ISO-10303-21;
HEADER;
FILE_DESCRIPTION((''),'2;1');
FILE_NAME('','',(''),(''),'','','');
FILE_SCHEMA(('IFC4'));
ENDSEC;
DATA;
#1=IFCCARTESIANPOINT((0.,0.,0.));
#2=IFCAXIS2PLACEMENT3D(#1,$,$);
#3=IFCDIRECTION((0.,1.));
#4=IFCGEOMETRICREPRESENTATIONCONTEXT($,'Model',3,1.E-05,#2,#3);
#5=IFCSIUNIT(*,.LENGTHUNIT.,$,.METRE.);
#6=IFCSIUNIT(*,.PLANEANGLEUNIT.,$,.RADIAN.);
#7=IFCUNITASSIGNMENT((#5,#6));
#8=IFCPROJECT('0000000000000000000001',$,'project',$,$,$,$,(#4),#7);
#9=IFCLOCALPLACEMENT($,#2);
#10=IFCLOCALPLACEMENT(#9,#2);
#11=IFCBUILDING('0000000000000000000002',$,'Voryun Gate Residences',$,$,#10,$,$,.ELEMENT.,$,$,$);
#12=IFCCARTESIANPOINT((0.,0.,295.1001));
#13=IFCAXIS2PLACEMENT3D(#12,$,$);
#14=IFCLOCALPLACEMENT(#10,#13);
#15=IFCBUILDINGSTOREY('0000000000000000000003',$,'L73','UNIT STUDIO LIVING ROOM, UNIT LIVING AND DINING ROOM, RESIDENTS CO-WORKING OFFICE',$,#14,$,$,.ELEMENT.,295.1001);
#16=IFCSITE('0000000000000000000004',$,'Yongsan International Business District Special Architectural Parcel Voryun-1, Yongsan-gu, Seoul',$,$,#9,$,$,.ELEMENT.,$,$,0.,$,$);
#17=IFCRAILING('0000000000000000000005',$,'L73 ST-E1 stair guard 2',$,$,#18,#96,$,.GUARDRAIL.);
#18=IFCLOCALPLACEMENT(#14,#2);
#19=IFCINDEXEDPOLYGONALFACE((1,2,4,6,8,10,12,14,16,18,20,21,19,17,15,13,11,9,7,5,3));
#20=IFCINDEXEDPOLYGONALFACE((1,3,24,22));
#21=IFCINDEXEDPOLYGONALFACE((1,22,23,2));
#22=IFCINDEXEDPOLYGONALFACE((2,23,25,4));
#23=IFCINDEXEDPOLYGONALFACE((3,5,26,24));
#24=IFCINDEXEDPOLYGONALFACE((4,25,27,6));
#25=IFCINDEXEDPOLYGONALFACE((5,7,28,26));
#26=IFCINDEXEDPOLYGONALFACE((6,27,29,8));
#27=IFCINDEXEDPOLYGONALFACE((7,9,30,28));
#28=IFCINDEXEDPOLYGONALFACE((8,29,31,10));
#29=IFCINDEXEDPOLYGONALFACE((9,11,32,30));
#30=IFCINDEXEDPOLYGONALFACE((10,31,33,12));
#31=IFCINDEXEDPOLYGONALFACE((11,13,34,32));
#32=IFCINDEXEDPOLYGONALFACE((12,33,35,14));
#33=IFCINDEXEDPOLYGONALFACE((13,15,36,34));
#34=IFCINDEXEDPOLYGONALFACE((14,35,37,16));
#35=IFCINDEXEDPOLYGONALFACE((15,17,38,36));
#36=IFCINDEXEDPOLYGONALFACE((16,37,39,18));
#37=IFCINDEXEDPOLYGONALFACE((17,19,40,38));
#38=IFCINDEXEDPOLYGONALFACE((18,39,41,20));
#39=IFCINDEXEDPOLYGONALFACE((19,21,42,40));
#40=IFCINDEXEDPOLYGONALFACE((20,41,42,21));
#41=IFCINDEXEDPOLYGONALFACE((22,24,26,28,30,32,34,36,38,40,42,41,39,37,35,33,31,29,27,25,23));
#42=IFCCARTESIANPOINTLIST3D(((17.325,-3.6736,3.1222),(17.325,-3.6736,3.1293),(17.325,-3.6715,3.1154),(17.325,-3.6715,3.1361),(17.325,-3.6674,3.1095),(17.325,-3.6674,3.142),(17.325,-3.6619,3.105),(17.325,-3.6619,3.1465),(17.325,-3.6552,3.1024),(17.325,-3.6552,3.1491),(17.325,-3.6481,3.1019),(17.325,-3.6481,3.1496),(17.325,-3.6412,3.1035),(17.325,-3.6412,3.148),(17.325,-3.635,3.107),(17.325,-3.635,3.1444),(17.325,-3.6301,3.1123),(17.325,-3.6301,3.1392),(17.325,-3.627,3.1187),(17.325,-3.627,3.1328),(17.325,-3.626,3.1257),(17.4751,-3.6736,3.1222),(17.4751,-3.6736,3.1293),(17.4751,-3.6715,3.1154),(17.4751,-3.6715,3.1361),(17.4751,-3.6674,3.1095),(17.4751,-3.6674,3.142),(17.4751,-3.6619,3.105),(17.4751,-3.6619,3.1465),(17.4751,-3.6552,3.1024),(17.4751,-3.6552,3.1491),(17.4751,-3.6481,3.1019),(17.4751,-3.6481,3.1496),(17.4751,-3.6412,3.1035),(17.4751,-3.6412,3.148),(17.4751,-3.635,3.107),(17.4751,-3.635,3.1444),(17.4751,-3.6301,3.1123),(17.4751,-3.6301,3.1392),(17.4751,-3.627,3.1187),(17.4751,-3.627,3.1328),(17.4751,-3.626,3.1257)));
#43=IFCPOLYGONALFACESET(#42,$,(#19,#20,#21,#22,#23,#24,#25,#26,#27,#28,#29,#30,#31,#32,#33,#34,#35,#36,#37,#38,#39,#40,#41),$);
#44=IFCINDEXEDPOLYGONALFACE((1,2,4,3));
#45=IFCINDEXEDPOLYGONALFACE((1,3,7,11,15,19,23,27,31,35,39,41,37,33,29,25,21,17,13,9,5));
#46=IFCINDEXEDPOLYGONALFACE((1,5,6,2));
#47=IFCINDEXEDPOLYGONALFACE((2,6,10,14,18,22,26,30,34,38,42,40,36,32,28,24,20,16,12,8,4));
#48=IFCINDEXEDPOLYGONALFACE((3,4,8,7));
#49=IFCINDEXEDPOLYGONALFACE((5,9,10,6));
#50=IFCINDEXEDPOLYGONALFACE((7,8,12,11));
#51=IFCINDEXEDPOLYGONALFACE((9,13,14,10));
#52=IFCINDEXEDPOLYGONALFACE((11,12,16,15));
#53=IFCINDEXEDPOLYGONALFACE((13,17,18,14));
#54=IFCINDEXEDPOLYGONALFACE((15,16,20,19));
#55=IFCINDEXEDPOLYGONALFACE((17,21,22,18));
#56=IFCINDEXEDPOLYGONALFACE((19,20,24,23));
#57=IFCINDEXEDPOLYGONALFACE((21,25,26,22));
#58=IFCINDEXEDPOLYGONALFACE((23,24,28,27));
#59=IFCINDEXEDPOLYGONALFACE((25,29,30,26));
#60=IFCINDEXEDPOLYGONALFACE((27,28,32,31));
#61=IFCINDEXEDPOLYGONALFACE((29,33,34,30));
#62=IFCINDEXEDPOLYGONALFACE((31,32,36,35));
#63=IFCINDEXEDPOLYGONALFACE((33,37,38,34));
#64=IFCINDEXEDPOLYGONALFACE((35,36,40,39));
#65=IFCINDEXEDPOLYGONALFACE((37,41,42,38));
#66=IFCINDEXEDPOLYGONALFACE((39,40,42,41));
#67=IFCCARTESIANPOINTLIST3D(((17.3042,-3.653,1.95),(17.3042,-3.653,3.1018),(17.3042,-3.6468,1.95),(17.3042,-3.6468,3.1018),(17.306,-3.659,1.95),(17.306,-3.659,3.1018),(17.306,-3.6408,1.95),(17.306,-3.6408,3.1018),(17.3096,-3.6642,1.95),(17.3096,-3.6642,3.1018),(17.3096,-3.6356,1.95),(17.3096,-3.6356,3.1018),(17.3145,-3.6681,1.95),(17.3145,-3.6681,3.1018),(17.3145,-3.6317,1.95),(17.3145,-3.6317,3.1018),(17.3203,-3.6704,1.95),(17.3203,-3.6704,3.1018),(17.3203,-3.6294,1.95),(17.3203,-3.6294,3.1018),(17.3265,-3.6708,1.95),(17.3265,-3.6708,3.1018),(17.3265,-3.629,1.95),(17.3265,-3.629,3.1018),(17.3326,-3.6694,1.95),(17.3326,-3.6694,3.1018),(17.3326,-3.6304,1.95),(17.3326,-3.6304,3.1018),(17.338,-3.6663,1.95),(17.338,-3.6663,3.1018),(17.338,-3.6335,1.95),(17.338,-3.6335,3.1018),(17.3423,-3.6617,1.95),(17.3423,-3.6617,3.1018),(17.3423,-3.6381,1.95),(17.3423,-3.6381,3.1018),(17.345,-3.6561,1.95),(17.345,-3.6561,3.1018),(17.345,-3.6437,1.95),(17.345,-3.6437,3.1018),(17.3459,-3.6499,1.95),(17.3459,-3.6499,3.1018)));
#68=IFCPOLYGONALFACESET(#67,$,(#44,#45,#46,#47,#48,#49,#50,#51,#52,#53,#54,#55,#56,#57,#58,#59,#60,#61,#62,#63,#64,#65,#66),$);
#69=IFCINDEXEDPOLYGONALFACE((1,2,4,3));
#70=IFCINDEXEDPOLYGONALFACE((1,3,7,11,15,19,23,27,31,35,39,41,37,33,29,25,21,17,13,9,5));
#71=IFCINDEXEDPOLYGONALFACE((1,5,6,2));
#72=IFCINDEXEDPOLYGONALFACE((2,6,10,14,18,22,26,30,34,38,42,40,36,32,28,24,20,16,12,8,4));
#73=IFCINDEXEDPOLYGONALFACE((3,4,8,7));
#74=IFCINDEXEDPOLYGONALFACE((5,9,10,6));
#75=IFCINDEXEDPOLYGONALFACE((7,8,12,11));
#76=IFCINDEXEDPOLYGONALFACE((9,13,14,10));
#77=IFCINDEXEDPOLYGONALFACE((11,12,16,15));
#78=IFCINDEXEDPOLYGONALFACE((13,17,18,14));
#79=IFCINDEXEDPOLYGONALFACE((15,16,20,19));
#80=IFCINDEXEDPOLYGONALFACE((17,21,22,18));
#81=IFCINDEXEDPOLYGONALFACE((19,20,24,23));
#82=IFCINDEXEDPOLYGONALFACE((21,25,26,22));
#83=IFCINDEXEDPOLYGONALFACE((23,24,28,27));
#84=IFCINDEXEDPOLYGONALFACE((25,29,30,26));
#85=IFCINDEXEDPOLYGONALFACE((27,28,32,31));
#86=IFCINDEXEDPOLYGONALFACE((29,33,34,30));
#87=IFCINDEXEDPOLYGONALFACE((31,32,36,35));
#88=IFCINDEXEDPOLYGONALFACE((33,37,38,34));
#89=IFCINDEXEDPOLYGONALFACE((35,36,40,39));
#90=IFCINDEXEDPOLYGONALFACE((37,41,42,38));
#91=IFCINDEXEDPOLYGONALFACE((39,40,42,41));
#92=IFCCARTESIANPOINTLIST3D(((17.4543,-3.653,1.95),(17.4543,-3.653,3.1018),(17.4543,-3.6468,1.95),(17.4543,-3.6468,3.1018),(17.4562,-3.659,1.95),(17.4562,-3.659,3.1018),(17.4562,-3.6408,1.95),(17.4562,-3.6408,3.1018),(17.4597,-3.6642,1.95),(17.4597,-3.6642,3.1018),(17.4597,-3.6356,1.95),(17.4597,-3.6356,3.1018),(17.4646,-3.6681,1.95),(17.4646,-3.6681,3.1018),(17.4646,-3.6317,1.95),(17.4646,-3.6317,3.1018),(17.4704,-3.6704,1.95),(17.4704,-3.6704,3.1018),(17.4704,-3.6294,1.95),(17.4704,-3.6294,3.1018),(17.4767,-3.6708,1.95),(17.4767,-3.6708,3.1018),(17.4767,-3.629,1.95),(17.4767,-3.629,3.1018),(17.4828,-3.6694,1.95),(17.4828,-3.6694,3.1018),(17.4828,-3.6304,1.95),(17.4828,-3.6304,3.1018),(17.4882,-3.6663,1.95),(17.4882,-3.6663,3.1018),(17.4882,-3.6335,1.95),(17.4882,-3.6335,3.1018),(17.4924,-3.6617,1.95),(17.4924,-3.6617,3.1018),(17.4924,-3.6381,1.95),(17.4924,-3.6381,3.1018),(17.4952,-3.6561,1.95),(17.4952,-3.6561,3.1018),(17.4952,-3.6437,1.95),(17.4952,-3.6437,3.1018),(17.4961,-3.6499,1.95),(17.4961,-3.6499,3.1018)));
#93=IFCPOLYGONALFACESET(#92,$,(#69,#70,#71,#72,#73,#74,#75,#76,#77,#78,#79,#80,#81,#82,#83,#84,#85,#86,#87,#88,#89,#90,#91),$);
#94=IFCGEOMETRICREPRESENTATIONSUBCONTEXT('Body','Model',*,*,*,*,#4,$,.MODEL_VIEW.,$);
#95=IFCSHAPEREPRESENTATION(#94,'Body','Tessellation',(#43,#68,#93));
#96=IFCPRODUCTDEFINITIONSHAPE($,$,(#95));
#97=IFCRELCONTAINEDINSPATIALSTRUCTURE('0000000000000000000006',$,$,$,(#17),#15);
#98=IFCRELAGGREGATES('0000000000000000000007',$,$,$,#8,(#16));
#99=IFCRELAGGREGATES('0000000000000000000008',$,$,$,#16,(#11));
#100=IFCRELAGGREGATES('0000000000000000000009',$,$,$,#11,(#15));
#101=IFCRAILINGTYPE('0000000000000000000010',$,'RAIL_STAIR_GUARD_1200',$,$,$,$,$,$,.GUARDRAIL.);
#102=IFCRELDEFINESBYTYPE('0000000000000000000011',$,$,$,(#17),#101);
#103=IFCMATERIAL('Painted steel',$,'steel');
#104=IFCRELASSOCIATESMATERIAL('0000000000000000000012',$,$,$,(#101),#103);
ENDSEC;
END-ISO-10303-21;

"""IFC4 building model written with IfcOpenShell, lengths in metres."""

from ifc_helpers import new_model, si_unit, direction, frame, origin, origin_2d, place, context, subcontext, project, spatial, circle, extrude, material, type_object, element, save


model = new_model("IFC4")

# Units and contexts
model_context = context("Model", 3, precision=1e-05, world=origin(), true_north=direction((0.0, 1.0)))
body_context = subcontext(model_context, "Body", "Model", "MODEL_VIEW")
ifc_project = project(units=[si_unit("LENGTHUNIT", "METRE"), si_unit("PLANEANGLEUNIT", "RADIAN")], contexts=[model_context])

# Site, building, storey
site_placement = place(None, origin())
site = spatial("IfcSite", under=ifc_project, at=site_placement, Name="Yongsan International Business District Special Architectural Parcel Voryun-1, Yongsan-gu, Seoul", CompositionType="ELEMENT", RefElevation=0.0)
building_placement = place(site_placement, origin())
building = spatial("IfcBuilding", under=site, at=building_placement, Name="Voryun Gate Residences", CompositionType="ELEMENT")
storey_placement = place(building_placement, frame((0.0, 0.0, 295.1001)))
storey = spatial("IfcBuildingStorey", under=building, at=storey_placement, Name="L73", Description="UNIT STUDIO LIVING ROOM, UNIT LIVING AND DINING ROOM, RESIDENTS CO-WORKING OFFICE", CompositionType="ELEMENT", Elevation=295.1001)

# Railing
ifc_material_1 = material(Name="Painted steel", Category="steel")
railing_type_1 = type_object("IfcRailingType", Name="RAIL_STAIR_GUARD_1200", PredefinedType="GUARDRAIL", material=ifc_material_1)
railing_1_placement = place(storey_placement, frame((17.325, -3.6499, 1.95)))
element("IfcRailing", 1, at=railing_1_placement, inside=storey, type_object=railing_type_1, Name="L73 ST-E1 stair guard 2", PredefinedType="GUARDRAIL", context=body_context, shape_type="SweptSolid", body=[
    extrude(circle(Radius=0.0239, at=origin_2d()), frame((0.0, 0.0, 1.1758), z_axis=(1.0, 0.0, 0.0), x_axis=(0.0, 1.0, 0.0)), (0.0, 0.0, 1.0), 0.1501),
    extrude(circle(Radius=0.021, at=origin_2d()), origin(), (0.0, 0.0, 1.0), 1.1519),
    extrude(circle(Radius=0.021, at=origin_2d()), frame((0.1501, 0.0, 0.0)), (0.0, 0.0, 1.0), 1.1519),
])

save(model, "model.ifc")
